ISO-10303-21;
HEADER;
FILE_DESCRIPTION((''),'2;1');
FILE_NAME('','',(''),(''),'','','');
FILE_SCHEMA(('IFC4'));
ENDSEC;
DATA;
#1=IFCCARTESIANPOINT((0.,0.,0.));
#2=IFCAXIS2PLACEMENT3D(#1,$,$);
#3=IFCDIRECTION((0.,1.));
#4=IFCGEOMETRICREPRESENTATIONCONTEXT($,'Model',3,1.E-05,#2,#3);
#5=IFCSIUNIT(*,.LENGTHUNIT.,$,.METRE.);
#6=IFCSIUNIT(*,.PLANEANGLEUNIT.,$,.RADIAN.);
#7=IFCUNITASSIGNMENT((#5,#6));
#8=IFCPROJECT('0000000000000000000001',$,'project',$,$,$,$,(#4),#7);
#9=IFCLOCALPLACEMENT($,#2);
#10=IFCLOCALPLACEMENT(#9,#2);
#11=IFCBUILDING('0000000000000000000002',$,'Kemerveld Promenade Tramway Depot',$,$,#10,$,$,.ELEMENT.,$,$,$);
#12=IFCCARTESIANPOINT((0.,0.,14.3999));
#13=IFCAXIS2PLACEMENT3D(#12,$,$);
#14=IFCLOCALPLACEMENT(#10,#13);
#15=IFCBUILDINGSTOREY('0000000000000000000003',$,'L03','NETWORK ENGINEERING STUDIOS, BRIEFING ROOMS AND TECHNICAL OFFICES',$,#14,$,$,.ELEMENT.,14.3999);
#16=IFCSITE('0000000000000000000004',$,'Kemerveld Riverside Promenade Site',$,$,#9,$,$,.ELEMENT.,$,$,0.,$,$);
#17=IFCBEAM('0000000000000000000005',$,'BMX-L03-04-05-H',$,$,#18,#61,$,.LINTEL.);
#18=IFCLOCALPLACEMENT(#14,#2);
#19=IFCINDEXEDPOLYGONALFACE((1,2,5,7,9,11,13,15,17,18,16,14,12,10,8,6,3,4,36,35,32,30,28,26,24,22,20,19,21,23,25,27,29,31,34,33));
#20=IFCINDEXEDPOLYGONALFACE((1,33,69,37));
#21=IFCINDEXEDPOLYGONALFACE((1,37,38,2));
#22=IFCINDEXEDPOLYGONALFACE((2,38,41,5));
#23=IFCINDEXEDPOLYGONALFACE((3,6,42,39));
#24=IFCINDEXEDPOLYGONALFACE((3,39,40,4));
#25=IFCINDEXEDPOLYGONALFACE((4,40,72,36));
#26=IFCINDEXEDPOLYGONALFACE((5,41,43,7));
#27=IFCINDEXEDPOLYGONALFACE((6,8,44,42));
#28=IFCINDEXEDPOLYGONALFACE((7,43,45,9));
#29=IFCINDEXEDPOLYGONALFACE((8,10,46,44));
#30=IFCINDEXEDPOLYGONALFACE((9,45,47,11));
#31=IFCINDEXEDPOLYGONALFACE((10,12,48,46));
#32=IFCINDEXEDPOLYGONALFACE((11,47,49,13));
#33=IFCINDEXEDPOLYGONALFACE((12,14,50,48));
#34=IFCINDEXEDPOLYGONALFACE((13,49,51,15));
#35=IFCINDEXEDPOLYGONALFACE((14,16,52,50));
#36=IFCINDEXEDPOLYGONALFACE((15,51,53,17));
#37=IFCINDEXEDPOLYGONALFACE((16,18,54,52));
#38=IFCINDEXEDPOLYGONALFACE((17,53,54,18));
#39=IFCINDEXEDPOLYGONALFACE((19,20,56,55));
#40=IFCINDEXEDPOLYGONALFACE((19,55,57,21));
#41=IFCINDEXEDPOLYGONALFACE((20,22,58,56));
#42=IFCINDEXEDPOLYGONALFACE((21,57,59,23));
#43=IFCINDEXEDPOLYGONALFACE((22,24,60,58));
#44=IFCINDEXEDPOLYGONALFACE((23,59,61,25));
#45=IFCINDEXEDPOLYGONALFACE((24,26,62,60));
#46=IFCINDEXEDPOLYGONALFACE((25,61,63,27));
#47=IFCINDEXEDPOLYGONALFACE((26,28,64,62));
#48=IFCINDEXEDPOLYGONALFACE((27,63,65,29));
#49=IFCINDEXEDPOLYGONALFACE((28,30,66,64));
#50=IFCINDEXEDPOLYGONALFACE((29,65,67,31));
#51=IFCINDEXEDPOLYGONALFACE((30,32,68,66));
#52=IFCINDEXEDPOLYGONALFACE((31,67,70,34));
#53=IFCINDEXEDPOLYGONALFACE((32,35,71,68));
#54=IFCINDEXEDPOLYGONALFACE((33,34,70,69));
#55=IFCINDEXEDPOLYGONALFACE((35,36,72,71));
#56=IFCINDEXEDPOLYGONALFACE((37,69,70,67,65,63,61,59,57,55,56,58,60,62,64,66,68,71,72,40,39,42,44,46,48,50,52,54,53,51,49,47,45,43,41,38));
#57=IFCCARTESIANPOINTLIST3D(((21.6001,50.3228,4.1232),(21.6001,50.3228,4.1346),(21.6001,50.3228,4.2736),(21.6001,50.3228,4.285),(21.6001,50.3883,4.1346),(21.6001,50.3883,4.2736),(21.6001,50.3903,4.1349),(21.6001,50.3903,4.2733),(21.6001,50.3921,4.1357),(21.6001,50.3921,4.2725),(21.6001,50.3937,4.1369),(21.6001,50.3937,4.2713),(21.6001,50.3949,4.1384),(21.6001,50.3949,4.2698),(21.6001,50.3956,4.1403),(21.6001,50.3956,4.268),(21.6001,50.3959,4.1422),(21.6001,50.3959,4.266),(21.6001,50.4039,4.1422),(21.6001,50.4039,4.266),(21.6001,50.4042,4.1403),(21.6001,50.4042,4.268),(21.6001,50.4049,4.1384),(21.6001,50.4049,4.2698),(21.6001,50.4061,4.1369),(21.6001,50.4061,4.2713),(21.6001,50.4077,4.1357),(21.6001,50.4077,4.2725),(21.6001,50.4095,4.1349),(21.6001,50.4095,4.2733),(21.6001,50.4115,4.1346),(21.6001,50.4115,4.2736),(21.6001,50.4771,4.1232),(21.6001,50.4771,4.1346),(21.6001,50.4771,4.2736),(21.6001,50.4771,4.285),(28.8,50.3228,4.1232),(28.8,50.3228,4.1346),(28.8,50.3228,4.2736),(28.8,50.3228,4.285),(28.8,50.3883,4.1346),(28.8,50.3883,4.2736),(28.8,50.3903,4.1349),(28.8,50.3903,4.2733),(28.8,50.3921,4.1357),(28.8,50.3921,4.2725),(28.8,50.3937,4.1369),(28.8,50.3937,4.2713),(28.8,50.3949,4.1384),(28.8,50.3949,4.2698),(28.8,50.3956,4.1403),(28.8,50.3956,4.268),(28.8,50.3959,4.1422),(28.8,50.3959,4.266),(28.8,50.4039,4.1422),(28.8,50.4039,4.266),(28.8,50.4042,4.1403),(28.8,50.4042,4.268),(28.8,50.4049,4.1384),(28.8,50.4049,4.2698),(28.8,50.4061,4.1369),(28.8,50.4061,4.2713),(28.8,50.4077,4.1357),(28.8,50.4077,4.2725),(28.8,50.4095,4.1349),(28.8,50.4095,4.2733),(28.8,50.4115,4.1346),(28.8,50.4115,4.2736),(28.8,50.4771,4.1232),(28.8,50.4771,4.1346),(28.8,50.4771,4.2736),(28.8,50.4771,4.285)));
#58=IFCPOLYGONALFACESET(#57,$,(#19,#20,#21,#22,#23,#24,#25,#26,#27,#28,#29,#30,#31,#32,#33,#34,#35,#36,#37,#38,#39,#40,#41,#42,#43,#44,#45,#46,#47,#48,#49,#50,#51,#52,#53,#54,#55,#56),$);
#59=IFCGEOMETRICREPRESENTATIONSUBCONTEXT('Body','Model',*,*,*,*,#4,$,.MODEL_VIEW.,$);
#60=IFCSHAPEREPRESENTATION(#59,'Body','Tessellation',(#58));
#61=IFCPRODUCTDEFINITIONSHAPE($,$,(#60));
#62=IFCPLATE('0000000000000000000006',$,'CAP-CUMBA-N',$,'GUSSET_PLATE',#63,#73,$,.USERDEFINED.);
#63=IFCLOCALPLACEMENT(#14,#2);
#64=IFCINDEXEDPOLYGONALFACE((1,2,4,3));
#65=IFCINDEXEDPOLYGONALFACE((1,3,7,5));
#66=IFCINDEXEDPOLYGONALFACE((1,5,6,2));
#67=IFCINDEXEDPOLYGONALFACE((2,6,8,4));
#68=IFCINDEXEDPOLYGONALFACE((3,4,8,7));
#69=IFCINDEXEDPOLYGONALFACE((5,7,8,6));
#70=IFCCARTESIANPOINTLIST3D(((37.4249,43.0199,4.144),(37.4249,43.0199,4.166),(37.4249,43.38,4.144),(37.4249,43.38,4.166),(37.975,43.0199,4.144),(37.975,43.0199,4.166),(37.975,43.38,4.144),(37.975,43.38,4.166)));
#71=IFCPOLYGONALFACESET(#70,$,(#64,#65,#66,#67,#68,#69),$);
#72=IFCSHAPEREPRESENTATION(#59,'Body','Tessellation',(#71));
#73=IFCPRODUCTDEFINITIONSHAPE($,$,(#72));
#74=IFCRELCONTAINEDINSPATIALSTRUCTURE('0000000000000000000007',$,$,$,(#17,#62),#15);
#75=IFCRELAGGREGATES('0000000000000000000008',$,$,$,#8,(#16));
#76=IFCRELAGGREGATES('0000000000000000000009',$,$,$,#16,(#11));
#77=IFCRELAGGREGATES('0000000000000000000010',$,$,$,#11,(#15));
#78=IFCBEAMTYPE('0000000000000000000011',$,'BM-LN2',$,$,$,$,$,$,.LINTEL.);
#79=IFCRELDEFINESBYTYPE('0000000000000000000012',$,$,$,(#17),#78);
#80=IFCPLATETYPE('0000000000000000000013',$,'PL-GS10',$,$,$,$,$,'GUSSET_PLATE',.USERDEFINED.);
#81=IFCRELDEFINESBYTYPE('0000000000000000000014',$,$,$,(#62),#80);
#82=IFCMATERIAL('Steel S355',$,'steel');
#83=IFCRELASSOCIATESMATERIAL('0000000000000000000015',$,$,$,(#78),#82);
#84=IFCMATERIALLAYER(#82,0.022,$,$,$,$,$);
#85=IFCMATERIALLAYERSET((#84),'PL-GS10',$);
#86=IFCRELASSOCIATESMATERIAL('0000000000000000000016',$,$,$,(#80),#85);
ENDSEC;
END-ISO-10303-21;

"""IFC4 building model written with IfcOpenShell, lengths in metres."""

from ifc_helpers import new_model, si_unit, direction, frame, origin, origin_2d, place, context, subcontext, project, spatial, rectangle, i_section, extrude, material, layer, layer_set, material_profile, profile_set, type_object, element, save


model = new_model("IFC4")

# Units and contexts
model_context = context("Model", 3, precision=1e-05, world=origin(), true_north=direction((0.0, 1.0)))
body_context = subcontext(model_context, "Body", "Model", "MODEL_VIEW")
ifc_project = project(units=[si_unit("LENGTHUNIT", "METRE"), si_unit("PLANEANGLEUNIT", "RADIAN")], contexts=[model_context])

# Site, building, storey
site_placement = place(None, origin())
site = spatial("IfcSite", under=ifc_project, at=site_placement, Name="Kemerveld Riverside Promenade Site", CompositionType="ELEMENT", RefElevation=0.0)
building_placement = place(site_placement, origin())
building = spatial("IfcBuilding", under=site, at=building_placement, Name="Kemerveld Promenade Tramway Depot", CompositionType="ELEMENT")
storey_placement = place(building_placement, frame((0.0, 0.0, 14.3999)))
storey = spatial("IfcBuildingStorey", under=building, at=storey_placement, Name="L03", Description="NETWORK ENGINEERING STUDIOS, BRIEFING ROOMS AND TECHNICAL OFFICES", CompositionType="ELEMENT", Elevation=14.3999)

# Shared definitions
ifc_material = material(Name="Steel S355", Category="steel")

# Beam
ifc_material_profile_1 = material_profile(ifc_material, i_section(OverallWidth=0.1543, OverallDepth=0.1619, WebThickness=0.0081, FlangeThickness=0.0115, FilletRadius=0.0076, at=origin_2d()), Name="152x152x37 UC")
ifc_profile_set_1 = profile_set([ifc_material_profile_1], Name="Steel S355")
beam_type_1 = type_object("IfcBeamType", Name="BM-LN2", PredefinedType="LINTEL", material=ifc_profile_set_1)
beam_1_placement = place(storey_placement, frame((21.6001, 50.3999, 4.2041), z_axis=(1.0, 0.0, 0.0), x_axis=(0.0, 1.0, 0.0)))
element("IfcBeam", 1, at=beam_1_placement, inside=storey, type_object=beam_type_1, Name="BMX-L03-04-05-H", PredefinedType="LINTEL", context=body_context, shape_type="SweptSolid", body=[
    extrude(i_section(OverallWidth=0.1543, OverallDepth=0.1619, WebThickness=0.0081, FlangeThickness=0.0115, FilletRadius=0.0076, at=origin_2d()), origin(), (0.0, 0.0, 1.0), 7.2),
])

# Plate
ifc_layer = layer(ifc_material, 0.022)
ifc_layer_set = layer_set([ifc_layer], Name="PL-GS10")
plate_type = type_object("IfcPlateType", Name="PL-GS10", ElementType="GUSSET_PLATE", PredefinedType="USERDEFINED", material=ifc_layer_set)
plate_placement = place(storey_placement, frame((37.7, 43.2, 4.144), z_axis=(0.0, 0.0, 1.0), x_axis=(1.0, 0.0, 0.0)))
element("IfcPlate", 2, at=plate_placement, inside=storey, type_object=plate_type, Name="CAP-CUMBA-N", ObjectType="GUSSET_PLATE", PredefinedType="USERDEFINED", context=body_context, shape_type="SweptSolid", body=[
    extrude(rectangle(XDim=0.55, YDim=0.3601, at=origin_2d()), origin(), (0.0, 0.0, 1.0), 0.022),
])

save(model, "model.ifc")
